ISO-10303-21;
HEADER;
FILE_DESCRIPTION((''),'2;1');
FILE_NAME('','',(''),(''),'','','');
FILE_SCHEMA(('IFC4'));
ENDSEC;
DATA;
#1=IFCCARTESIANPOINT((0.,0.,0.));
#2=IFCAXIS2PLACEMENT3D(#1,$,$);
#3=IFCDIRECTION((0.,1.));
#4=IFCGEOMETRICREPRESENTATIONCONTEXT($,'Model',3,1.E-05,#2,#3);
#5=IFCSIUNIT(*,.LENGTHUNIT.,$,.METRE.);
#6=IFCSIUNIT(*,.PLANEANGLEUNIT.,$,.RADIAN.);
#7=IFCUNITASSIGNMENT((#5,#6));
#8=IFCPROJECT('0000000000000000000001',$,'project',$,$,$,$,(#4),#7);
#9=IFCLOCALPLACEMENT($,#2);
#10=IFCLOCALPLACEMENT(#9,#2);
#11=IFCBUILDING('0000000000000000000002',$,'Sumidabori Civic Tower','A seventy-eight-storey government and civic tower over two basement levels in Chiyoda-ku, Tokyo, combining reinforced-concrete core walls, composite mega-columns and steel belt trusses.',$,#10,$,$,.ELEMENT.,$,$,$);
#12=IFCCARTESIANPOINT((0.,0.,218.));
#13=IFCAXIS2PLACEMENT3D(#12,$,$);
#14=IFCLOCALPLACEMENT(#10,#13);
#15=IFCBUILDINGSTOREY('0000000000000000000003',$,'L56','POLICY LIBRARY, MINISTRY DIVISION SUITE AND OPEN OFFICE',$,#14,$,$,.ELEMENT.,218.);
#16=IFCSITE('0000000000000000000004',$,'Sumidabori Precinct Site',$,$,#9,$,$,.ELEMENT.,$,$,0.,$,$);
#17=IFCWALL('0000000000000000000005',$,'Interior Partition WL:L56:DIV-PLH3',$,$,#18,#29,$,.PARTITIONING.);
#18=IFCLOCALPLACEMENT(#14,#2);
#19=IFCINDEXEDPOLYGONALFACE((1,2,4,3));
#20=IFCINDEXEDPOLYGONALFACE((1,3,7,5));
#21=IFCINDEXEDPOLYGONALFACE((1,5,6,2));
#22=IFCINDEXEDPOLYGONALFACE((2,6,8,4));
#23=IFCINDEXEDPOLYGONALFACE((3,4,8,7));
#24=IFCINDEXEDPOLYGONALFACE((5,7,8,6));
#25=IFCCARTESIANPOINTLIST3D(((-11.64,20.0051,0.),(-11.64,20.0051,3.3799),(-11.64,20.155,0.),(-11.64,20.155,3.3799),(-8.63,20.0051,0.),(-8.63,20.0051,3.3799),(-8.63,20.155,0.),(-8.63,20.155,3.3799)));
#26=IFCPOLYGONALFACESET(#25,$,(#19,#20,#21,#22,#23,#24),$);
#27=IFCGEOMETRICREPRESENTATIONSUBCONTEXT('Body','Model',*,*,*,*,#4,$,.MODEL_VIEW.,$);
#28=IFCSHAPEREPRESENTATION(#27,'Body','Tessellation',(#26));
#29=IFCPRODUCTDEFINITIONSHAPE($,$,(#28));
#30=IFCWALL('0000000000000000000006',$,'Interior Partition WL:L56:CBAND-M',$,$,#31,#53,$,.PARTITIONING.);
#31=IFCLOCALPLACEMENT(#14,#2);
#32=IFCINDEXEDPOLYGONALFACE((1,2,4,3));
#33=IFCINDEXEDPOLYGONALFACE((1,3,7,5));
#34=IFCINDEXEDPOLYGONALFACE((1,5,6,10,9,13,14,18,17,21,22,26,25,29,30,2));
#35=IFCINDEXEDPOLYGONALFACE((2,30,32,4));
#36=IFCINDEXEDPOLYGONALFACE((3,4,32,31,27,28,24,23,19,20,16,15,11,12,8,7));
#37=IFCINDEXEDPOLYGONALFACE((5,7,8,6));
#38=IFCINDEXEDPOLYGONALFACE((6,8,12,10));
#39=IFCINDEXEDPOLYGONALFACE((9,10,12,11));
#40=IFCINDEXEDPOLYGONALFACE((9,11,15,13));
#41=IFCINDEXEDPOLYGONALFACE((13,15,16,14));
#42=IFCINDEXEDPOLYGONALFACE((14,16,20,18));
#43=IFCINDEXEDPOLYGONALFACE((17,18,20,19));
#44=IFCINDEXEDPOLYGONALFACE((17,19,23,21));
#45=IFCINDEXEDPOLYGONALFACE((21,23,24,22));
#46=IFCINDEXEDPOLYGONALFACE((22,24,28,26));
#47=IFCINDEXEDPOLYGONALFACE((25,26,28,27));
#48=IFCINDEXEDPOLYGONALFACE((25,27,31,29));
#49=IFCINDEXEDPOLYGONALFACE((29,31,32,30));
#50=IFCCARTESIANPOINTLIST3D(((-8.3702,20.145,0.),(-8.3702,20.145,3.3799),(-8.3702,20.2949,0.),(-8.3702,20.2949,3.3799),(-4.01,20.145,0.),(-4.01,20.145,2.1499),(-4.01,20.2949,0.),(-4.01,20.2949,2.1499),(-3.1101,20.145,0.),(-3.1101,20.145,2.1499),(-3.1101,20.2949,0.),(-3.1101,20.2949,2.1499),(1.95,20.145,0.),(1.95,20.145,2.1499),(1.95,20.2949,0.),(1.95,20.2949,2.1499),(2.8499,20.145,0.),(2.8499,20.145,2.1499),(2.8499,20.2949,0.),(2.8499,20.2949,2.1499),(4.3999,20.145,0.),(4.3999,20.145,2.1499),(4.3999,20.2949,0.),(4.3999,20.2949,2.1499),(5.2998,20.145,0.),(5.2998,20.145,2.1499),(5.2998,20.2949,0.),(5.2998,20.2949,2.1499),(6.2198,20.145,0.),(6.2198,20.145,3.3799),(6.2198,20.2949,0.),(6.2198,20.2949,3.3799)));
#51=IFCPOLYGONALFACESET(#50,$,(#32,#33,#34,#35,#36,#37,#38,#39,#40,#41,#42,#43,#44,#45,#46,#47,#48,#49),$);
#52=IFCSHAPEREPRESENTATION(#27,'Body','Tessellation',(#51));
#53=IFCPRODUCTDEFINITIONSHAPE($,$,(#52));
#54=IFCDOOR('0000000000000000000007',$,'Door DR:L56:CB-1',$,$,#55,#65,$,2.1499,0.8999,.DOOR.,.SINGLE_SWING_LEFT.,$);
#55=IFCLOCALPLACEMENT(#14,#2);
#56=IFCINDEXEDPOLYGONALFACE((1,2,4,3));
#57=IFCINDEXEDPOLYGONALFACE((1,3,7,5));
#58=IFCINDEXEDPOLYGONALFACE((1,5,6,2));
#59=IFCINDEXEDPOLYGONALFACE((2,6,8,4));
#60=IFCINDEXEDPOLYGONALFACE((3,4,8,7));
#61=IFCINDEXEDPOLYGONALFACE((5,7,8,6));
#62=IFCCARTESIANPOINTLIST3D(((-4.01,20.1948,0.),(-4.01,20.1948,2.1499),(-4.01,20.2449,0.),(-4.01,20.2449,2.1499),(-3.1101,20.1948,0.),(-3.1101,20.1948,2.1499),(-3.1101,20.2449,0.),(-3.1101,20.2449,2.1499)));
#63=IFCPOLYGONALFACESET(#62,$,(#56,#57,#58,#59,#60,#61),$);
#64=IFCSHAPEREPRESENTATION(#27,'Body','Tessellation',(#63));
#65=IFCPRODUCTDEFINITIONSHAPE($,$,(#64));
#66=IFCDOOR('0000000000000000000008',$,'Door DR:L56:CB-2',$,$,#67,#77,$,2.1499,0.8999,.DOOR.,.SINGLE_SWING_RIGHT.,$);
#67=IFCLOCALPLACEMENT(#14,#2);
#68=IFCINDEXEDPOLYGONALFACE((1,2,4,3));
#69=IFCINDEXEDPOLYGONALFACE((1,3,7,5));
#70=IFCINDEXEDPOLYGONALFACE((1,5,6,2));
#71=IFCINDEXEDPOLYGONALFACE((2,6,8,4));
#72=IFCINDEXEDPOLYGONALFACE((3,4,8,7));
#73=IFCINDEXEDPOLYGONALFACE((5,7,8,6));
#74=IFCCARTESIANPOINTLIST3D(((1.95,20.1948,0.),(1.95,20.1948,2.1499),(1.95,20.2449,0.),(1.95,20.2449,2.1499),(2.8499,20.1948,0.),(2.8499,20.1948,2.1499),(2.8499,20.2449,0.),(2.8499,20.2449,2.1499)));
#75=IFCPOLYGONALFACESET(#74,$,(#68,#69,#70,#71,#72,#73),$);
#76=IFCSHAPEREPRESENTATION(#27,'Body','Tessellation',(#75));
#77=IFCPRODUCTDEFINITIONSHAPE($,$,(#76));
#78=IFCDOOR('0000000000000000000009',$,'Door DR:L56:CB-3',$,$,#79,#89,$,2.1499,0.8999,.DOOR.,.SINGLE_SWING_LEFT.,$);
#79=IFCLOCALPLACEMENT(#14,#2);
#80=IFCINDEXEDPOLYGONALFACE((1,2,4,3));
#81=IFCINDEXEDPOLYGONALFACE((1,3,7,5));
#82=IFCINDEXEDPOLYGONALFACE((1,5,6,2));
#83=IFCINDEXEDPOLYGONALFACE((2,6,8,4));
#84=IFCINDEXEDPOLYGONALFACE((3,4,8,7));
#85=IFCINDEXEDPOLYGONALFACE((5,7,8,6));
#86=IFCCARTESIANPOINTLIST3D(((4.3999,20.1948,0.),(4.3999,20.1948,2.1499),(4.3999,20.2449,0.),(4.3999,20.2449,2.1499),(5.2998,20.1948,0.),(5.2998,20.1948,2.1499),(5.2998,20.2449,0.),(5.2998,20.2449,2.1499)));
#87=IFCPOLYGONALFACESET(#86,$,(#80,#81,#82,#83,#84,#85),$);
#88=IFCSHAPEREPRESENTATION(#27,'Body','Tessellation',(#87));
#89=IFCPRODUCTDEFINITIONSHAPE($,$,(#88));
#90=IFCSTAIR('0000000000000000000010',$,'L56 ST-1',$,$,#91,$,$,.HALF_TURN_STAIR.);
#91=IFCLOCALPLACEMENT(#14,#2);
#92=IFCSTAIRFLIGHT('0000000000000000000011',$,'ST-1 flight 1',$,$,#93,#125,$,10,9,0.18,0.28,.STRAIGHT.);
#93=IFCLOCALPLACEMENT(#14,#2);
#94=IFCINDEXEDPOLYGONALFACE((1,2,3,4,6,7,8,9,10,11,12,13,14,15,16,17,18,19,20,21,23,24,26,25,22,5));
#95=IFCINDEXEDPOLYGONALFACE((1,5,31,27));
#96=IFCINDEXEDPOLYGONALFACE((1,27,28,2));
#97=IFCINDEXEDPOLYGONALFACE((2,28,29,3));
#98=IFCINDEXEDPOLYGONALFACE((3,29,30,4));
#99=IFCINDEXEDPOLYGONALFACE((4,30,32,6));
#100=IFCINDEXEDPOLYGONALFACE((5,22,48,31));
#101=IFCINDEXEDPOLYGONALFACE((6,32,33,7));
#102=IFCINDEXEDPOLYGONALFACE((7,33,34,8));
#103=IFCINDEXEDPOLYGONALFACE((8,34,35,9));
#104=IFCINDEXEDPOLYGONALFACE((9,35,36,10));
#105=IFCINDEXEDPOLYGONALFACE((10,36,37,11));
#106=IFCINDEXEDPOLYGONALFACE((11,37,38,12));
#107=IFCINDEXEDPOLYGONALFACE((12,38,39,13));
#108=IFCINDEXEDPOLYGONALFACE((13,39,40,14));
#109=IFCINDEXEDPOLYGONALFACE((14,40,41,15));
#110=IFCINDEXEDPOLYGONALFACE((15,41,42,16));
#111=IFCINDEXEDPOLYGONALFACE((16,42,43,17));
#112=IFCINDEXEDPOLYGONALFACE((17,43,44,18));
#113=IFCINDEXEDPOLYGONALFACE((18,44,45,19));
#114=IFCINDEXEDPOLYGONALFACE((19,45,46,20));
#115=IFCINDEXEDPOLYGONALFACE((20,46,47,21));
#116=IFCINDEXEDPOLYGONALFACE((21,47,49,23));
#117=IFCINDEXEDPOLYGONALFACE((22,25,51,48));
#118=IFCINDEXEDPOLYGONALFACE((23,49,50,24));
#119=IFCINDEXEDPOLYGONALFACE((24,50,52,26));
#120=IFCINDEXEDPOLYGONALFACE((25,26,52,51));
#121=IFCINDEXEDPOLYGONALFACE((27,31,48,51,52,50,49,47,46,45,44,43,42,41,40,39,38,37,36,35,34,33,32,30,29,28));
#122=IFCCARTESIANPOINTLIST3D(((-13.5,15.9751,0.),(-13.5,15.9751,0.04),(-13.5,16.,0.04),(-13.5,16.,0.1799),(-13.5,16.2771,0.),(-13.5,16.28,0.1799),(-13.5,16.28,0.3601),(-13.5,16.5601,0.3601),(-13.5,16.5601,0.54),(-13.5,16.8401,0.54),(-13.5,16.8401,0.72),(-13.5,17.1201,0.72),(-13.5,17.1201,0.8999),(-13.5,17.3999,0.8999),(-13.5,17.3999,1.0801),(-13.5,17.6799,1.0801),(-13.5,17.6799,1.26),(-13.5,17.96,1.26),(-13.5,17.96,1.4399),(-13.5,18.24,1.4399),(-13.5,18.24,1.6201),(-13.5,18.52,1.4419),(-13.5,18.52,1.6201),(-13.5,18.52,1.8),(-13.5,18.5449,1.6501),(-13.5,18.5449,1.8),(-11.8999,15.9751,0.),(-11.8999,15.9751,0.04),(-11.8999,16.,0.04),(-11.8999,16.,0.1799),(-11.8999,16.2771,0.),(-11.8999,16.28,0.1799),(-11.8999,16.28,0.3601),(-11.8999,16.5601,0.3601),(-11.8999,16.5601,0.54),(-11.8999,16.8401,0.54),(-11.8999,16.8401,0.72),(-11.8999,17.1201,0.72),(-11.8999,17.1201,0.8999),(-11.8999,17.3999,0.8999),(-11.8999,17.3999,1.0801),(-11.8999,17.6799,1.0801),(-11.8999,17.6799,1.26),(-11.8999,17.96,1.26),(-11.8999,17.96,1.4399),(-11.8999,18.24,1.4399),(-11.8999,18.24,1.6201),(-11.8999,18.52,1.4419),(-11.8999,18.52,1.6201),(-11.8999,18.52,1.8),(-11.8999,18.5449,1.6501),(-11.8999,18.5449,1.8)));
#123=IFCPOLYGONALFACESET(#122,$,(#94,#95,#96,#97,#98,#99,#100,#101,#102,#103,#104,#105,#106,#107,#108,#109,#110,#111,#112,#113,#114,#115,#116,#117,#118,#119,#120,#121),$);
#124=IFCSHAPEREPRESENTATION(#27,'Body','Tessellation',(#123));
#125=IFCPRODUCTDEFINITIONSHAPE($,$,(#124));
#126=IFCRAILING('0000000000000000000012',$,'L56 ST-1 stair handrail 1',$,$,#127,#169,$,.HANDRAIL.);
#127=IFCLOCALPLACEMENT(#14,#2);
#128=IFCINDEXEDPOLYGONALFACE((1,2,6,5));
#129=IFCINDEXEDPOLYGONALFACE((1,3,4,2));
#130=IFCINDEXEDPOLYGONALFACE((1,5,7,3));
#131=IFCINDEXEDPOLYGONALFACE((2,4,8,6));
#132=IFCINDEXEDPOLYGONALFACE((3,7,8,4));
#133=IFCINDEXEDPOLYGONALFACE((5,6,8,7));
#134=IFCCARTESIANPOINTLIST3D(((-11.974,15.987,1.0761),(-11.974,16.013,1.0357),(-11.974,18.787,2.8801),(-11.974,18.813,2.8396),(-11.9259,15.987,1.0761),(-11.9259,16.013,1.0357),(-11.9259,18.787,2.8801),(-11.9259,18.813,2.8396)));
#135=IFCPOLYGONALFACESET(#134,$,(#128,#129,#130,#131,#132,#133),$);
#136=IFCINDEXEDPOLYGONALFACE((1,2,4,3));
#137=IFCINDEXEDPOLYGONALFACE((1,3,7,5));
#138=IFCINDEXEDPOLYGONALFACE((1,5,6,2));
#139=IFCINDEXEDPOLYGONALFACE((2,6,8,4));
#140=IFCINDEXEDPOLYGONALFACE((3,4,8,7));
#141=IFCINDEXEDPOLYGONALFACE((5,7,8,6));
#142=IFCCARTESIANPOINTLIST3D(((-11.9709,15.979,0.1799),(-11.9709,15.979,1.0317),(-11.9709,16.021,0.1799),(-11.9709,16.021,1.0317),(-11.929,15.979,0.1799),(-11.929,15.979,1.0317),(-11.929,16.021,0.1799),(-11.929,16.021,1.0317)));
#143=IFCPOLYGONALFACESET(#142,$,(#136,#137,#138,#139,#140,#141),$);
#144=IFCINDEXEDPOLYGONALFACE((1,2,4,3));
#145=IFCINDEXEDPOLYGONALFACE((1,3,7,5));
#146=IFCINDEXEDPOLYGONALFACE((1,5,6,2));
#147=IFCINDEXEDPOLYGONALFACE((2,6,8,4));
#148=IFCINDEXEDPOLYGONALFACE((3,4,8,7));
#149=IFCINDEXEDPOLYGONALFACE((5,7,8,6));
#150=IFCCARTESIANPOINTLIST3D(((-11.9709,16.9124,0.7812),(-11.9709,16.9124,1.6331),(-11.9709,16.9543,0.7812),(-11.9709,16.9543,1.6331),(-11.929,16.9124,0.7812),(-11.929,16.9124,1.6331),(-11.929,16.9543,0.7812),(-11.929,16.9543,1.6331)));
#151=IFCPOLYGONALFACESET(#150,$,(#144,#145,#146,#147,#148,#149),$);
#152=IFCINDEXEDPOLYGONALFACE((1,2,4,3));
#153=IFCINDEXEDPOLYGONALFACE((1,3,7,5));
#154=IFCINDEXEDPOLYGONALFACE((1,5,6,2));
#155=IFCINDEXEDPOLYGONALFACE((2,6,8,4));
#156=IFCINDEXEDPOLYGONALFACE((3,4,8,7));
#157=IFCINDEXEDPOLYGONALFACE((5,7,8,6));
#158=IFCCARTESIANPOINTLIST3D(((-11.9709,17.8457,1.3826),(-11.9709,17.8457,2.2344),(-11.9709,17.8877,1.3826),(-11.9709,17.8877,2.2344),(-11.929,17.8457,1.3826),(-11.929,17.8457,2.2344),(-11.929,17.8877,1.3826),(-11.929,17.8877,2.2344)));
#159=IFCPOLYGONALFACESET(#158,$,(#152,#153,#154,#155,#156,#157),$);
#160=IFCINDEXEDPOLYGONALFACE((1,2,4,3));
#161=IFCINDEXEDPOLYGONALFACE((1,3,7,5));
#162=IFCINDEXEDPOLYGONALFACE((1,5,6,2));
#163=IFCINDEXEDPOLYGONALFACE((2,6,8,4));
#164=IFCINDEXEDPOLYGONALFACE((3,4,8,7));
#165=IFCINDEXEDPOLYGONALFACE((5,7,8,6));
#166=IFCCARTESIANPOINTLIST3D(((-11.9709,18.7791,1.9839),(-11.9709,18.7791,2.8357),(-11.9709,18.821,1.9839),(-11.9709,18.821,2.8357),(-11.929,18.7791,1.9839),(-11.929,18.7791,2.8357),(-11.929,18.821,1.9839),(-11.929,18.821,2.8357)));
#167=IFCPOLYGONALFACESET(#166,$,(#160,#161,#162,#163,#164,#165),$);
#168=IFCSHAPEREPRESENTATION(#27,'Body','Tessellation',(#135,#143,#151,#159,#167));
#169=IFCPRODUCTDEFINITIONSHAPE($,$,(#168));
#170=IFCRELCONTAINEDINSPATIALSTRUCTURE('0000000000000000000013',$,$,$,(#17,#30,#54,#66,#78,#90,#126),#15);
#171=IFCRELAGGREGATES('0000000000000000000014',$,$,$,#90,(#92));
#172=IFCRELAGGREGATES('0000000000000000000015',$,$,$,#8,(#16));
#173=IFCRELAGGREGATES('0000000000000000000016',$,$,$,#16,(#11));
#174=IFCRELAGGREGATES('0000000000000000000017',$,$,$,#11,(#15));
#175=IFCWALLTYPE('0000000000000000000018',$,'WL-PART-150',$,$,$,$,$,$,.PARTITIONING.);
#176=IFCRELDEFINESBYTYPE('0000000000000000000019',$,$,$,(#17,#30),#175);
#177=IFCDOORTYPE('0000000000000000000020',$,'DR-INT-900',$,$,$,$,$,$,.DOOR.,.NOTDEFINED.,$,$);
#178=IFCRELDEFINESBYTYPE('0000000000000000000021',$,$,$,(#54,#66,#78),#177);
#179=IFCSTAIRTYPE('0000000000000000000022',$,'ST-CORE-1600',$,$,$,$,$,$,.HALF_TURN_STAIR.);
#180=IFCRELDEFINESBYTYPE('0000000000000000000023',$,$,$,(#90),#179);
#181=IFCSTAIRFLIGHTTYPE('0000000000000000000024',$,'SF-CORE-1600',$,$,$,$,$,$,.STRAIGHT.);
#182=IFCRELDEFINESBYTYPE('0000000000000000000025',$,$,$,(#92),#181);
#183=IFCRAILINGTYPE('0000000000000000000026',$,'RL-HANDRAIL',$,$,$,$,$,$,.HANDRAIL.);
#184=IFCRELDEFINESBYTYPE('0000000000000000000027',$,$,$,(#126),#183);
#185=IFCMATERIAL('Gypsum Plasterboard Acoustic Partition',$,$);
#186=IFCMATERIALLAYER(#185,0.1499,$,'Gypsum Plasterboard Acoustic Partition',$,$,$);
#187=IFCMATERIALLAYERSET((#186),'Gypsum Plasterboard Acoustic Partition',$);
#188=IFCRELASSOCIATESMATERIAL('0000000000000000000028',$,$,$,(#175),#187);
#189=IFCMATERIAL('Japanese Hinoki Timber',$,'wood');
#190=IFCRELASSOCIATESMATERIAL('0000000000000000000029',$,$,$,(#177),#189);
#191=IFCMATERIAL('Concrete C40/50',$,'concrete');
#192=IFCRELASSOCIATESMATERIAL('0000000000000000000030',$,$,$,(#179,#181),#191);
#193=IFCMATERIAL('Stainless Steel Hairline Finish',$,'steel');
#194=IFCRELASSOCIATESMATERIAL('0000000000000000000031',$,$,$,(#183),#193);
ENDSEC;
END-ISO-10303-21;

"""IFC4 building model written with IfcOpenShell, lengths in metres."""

from ifc_helpers import new_model, si_unit, direction, frame, frame_2d, origin, origin_2d, place, context, subcontext, project, spatial, polyline, rectangle, outline, extrude, source, transform, mapped, material, layer, layer_set, type_object, element, fill, aggregate, save


model = new_model("IFC4")

# Units and contexts
model_context = context("Model", 3, precision=1e-05, world=origin(), true_north=direction((0.0, 1.0)))
body_context = subcontext(model_context, "Body", "Model", "MODEL_VIEW")
ifc_project = project(units=[si_unit("LENGTHUNIT", "METRE"), si_unit("PLANEANGLEUNIT", "RADIAN")], contexts=[model_context])

# Site, building, storey
site_placement = place(None, origin())
site = spatial("IfcSite", under=ifc_project, at=site_placement, Name="Sumidabori Precinct Site", CompositionType="ELEMENT", RefElevation=0.0)
building_placement = place(site_placement, origin())
building = spatial("IfcBuilding", under=site, at=building_placement, Name="Sumidabori Civic Tower", Description="A seventy-eight-storey government and civic tower over two basement levels in Chiyoda-ku, Tokyo, combining reinforced-concrete core walls, composite mega-columns and steel belt trusses.", CompositionType="ELEMENT")
storey_placement = place(building_placement, frame((0.0, 0.0, 218.0)))
storey = spatial("IfcBuildingStorey", under=building, at=storey_placement, Name="L56", Description="POLICY LIBRARY, MINISTRY DIVISION SUITE AND OPEN OFFICE", CompositionType="ELEMENT", Elevation=218.0)

# Wall
ifc_material_1 = material(Name="Gypsum Plasterboard Acoustic Partition")
ifc_layer_1 = layer(ifc_material_1, 0.1499, Name="Gypsum Plasterboard Acoustic Partition")
ifc_layer_set_1 = layer_set([ifc_layer_1], Name="Gypsum Plasterboard Acoustic Partition")
wall_type_1 = type_object("IfcWallType", Name="WL-PART-150", PredefinedType="PARTITIONING", material=ifc_layer_set_1)
shared_shape_1 = source(origin(), body_context, "Body", "SweptSolid", [
    extrude(rectangle(XDim=3.01, YDim=0.1499, at=frame_2d((1.5049, 0.0))), origin(), (0.0, 0.0, 1.0), 3.3799),
])
for number, where, z_axis, x_axis, name in (
    (1, (-11.6399, 20.0801, 0.0), (0.0, 0.0, 1.0), (1.0, 0.0, 0.0), "Interior Partition WL:L56:DIV-PLH3"),
):
    element("IfcWall", number, at=place(storey_placement, frame(where, z_axis=z_axis, x_axis=x_axis)), inside=storey, type_object=wall_type_1, Name=name, PredefinedType="PARTITIONING", context=body_context, shape_type="MappedRepresentation", body=[
        mapped(shared_shape_1, transform((0.0, 0.0, 0.0), x_axis=(1.0, 0.0, 0.0), y_axis=(0.0, 1.0, 0.0), z_axis=(0.0, 0.0, 1.0), scale=1.0)),
    ])

# Wall, openings, doors
shared_shape_2 = source(origin(), body_context, "Body", "SweptSolid", [
    extrude(rectangle(XDim=14.5901, YDim=0.1499, at=frame_2d((7.2949, 0.0))), origin(), (0.0, 0.0, 1.0), 3.3799),
])
wall_1_placement = place(storey_placement, frame((-8.3701, 20.22, 0.0), z_axis=(0.0, 0.0, 1.0), x_axis=(1.0, 0.0, 0.0)))
wall_1 = element("IfcWall", 2, at=wall_1_placement, inside=storey, type_object=wall_type_1, Name="Interior Partition WL:L56:CBAND-M", PredefinedType="PARTITIONING", context=body_context, shape_type="MappedRepresentation", body=[
    mapped(shared_shape_2, transform((0.0, 0.0, 0.0), x_axis=(1.0, 0.0, 0.0), y_axis=(0.0, 1.0, 0.0), z_axis=(0.0, 0.0, 1.0), scale=1.0)),
])
opening_1_placement = place(wall_1_placement, frame((4.3601, 0.0, 0.0)))
opening_1 = element("IfcOpeningElement", 3, at=opening_1_placement, cuts=wall_1, PredefinedType="OPENING", context=body_context, shape_type="SweptSolid", body=[
    extrude(rectangle(XDim=0.8999, YDim=2.1499, at=frame_2d((0.45, 1.075))), frame((0.0, 0.0869, 0.0), z_axis=(0.0, -1.0, 0.0), x_axis=(1.0, 0.0, 0.0)), (0.0, 0.0, 1.0), 0.1738),
])
opening_2_placement = place(wall_1_placement, frame((10.3201, 0.0, 0.0)))
opening_2 = element("IfcOpeningElement", 4, at=opening_2_placement, cuts=wall_1, PredefinedType="OPENING", context=body_context, shape_type="SweptSolid", body=[
    extrude(rectangle(XDim=0.8999, YDim=2.1499, at=frame_2d((0.45, 1.075))), frame((0.0, 0.0869, 0.0), z_axis=(0.0, -1.0, 0.0), x_axis=(1.0, 0.0, 0.0)), (0.0, 0.0, 1.0), 0.1738),
])
opening_3_placement = place(wall_1_placement, frame((12.77, 0.0, 0.0)))
opening_3 = element("IfcOpeningElement", 5, at=opening_3_placement, cuts=wall_1, PredefinedType="OPENING", context=body_context, shape_type="SweptSolid", body=[
    extrude(rectangle(XDim=0.8999, YDim=2.1499, at=frame_2d((0.45, 1.075))), frame((0.0, 0.0869, 0.0), z_axis=(0.0, -1.0, 0.0), x_axis=(1.0, 0.0, 0.0)), (0.0, 0.0, 1.0), 0.1738),
])
ifc_material_2 = material(Name="Japanese Hinoki Timber", Category="wood")
door_type = type_object("IfcDoorType", Name="DR-INT-900", OperationType="NOTDEFINED", PredefinedType="DOOR", material=ifc_material_2)
shared_shape_3 = source(origin(), body_context, "Body", "SweptSolid", [
    extrude(rectangle(XDim=0.8999, YDim=2.1499, at=frame_2d((0.45, 1.075))), frame((0.0, 0.0249, 0.0), z_axis=(0.0, -1.0, 0.0), x_axis=(1.0, 0.0, 0.0)), (0.0, 0.0, 1.0), 0.05),
])
door_1_placement = place(opening_1_placement, origin())
door_1 = element("IfcDoor", 6, at=door_1_placement, inside=storey, type_object=door_type, Name="Door DR:L56:CB-1", OperationType="SINGLE_SWING_LEFT", OverallHeight=2.1499, OverallWidth=0.8999, PredefinedType="DOOR", context=body_context, shape_type="MappedRepresentation", body=[
    mapped(shared_shape_3, transform((0.0, 0.0, 0.0), x_axis=(1.0, 0.0, 0.0), y_axis=(0.0, 1.0, 0.0), z_axis=(0.0, 0.0, 1.0), scale=1.0)),
])
fill(opening_1, door_1)
door_2_placement = place(opening_2_placement, origin())
door_2 = element("IfcDoor", 7, at=door_2_placement, inside=storey, type_object=door_type, Name="Door DR:L56:CB-2", OperationType="SINGLE_SWING_RIGHT", OverallHeight=2.1499, OverallWidth=0.8999, PredefinedType="DOOR", context=body_context, shape_type="MappedRepresentation", body=[
    mapped(shared_shape_3, transform((0.0, 0.0, 0.0), x_axis=(1.0, 0.0, 0.0), y_axis=(0.0, 1.0, 0.0), z_axis=(0.0, 0.0, 1.0), scale=1.0)),
])
fill(opening_2, door_2)
door_3_placement = place(opening_3_placement, origin())
door_3 = element("IfcDoor", 8, at=door_3_placement, inside=storey, type_object=door_type, Name="Door DR:L56:CB-3", OperationType="SINGLE_SWING_LEFT", OverallHeight=2.1499, OverallWidth=0.8999, PredefinedType="DOOR", context=body_context, shape_type="MappedRepresentation", body=[
    mapped(shared_shape_3, transform((0.0, 0.0, 0.0), x_axis=(1.0, 0.0, 0.0), y_axis=(0.0, 1.0, 0.0), z_axis=(0.0, 0.0, 1.0), scale=1.0)),
])
fill(opening_3, door_3)

# Stair, stair flight
ifc_material_3 = material(Name="Concrete C40/50", Category="concrete")
stair_type = type_object("IfcStairType", Name="ST-CORE-1600", PredefinedType="HALF_TURN_STAIR", material=ifc_material_3)
stair_placement = place(storey_placement, origin())
stair = element("IfcStair", 9, at=stair_placement, inside=storey, type_object=stair_type, Name="L56 ST-1", PredefinedType="HALF_TURN_STAIR")
stair_flight_type = type_object("IfcStairFlightType", Name="SF-CORE-1600", PredefinedType="STRAIGHT", material=ifc_material_3)
shared_shape_4 = source(origin(), body_context, "Body", "SweptSolid", [
    extrude(outline(polyline([(-0.0249, 0.0), (-0.0249, 0.04), (0.0, 0.04), (0.0, 0.1799), (0.28, 0.1799), (0.28, 0.3601), (0.5601, 0.3601), (0.5601, 0.54), (0.8401, 0.54), (0.8401, 0.72), (1.1201, 0.72), (1.1201, 0.8999), (1.3999, 0.8999), (1.3999, 1.0801), (1.6799, 1.0801), (1.6799, 1.26), (1.96, 1.26), (1.96, 1.4399), (2.24, 1.4399), (2.24, 1.6201), (2.52, 1.6201), (2.52, 1.8), (2.5449, 1.8), (2.5449, 1.6501), (2.52, 1.4419), (0.2771, 0.0), (-0.0249, 0.0)])), frame((0.0, 0.8, 0.0), z_axis=(0.0, -1.0, 0.0), x_axis=(1.0, 0.0, 0.0)), (0.0, 0.0, 1.0), 1.6001),
])
stair_flight_placement = place(storey_placement, frame((-12.7, 16.0, 0.0), z_axis=(0.0, 0.0, 1.0), x_axis=(0.0, 1.0, 0.0)))
stair_flight = element("IfcStairFlight", 10, at=stair_flight_placement, type_object=stair_flight_type, Name="ST-1 flight 1", NumberOfRisers=10, NumberOfTreads=9, PredefinedType="STRAIGHT", RiserHeight=0.18, TreadLength=0.28, context=body_context, shape_type="MappedRepresentation", body=[
    mapped(shared_shape_4, transform((0.0, 0.0, 0.0), x_axis=(1.0, 0.0, 0.0), y_axis=(0.0, 1.0, 0.0), z_axis=(0.0, 0.0, 1.0), scale=1.0)),
])
aggregate(stair, [stair_flight])

# Railing
ifc_material_4 = material(Name="Stainless Steel Hairline Finish", Category="steel")
railing_type_1 = type_object("IfcRailingType", Name="RL-HANDRAIL", PredefinedType="HANDRAIL", material=ifc_material_4)
railing_1_placement = place(storey_placement, frame((-11.95, 16.0, 0.1799)))
element("IfcRailing", 11, at=railing_1_placement, inside=storey, type_object=railing_type_1, Name="L56 ST-1 stair handrail 1", PredefinedType="HANDRAIL", context=body_context, shape_type="SweptSolid", body=[
    extrude(rectangle(XDim=0.0481, YDim=0.0481, at=origin_2d()), frame((0.0, 0.0, 0.876), z_axis=(0.0, 0.840642, 0.541591), x_axis=(-1.0, 0.0, 0.0)), (0.0, 0.0, 1.0), 3.3308),
    extrude(rectangle(XDim=0.042, YDim=0.042, at=origin_2d()), origin(), (0.0, 0.0, 1.0), 0.8518),
    extrude(rectangle(XDim=0.042, YDim=0.042, at=origin_2d()), frame((0.0, 0.9333, 0.6013)), (0.0, 0.0, 1.0), 0.8518),
    extrude(rectangle(XDim=0.042, YDim=0.042, at=origin_2d()), frame((0.0, 1.8667, 1.2026)), (0.0, 0.0, 1.0), 0.8518),
    extrude(rectangle(XDim=0.042, YDim=0.042, at=origin_2d()), frame((0.0, 2.8, 1.804)), (0.0, 0.0, 1.0), 0.8518),
])

save(model, "model.ifc")
